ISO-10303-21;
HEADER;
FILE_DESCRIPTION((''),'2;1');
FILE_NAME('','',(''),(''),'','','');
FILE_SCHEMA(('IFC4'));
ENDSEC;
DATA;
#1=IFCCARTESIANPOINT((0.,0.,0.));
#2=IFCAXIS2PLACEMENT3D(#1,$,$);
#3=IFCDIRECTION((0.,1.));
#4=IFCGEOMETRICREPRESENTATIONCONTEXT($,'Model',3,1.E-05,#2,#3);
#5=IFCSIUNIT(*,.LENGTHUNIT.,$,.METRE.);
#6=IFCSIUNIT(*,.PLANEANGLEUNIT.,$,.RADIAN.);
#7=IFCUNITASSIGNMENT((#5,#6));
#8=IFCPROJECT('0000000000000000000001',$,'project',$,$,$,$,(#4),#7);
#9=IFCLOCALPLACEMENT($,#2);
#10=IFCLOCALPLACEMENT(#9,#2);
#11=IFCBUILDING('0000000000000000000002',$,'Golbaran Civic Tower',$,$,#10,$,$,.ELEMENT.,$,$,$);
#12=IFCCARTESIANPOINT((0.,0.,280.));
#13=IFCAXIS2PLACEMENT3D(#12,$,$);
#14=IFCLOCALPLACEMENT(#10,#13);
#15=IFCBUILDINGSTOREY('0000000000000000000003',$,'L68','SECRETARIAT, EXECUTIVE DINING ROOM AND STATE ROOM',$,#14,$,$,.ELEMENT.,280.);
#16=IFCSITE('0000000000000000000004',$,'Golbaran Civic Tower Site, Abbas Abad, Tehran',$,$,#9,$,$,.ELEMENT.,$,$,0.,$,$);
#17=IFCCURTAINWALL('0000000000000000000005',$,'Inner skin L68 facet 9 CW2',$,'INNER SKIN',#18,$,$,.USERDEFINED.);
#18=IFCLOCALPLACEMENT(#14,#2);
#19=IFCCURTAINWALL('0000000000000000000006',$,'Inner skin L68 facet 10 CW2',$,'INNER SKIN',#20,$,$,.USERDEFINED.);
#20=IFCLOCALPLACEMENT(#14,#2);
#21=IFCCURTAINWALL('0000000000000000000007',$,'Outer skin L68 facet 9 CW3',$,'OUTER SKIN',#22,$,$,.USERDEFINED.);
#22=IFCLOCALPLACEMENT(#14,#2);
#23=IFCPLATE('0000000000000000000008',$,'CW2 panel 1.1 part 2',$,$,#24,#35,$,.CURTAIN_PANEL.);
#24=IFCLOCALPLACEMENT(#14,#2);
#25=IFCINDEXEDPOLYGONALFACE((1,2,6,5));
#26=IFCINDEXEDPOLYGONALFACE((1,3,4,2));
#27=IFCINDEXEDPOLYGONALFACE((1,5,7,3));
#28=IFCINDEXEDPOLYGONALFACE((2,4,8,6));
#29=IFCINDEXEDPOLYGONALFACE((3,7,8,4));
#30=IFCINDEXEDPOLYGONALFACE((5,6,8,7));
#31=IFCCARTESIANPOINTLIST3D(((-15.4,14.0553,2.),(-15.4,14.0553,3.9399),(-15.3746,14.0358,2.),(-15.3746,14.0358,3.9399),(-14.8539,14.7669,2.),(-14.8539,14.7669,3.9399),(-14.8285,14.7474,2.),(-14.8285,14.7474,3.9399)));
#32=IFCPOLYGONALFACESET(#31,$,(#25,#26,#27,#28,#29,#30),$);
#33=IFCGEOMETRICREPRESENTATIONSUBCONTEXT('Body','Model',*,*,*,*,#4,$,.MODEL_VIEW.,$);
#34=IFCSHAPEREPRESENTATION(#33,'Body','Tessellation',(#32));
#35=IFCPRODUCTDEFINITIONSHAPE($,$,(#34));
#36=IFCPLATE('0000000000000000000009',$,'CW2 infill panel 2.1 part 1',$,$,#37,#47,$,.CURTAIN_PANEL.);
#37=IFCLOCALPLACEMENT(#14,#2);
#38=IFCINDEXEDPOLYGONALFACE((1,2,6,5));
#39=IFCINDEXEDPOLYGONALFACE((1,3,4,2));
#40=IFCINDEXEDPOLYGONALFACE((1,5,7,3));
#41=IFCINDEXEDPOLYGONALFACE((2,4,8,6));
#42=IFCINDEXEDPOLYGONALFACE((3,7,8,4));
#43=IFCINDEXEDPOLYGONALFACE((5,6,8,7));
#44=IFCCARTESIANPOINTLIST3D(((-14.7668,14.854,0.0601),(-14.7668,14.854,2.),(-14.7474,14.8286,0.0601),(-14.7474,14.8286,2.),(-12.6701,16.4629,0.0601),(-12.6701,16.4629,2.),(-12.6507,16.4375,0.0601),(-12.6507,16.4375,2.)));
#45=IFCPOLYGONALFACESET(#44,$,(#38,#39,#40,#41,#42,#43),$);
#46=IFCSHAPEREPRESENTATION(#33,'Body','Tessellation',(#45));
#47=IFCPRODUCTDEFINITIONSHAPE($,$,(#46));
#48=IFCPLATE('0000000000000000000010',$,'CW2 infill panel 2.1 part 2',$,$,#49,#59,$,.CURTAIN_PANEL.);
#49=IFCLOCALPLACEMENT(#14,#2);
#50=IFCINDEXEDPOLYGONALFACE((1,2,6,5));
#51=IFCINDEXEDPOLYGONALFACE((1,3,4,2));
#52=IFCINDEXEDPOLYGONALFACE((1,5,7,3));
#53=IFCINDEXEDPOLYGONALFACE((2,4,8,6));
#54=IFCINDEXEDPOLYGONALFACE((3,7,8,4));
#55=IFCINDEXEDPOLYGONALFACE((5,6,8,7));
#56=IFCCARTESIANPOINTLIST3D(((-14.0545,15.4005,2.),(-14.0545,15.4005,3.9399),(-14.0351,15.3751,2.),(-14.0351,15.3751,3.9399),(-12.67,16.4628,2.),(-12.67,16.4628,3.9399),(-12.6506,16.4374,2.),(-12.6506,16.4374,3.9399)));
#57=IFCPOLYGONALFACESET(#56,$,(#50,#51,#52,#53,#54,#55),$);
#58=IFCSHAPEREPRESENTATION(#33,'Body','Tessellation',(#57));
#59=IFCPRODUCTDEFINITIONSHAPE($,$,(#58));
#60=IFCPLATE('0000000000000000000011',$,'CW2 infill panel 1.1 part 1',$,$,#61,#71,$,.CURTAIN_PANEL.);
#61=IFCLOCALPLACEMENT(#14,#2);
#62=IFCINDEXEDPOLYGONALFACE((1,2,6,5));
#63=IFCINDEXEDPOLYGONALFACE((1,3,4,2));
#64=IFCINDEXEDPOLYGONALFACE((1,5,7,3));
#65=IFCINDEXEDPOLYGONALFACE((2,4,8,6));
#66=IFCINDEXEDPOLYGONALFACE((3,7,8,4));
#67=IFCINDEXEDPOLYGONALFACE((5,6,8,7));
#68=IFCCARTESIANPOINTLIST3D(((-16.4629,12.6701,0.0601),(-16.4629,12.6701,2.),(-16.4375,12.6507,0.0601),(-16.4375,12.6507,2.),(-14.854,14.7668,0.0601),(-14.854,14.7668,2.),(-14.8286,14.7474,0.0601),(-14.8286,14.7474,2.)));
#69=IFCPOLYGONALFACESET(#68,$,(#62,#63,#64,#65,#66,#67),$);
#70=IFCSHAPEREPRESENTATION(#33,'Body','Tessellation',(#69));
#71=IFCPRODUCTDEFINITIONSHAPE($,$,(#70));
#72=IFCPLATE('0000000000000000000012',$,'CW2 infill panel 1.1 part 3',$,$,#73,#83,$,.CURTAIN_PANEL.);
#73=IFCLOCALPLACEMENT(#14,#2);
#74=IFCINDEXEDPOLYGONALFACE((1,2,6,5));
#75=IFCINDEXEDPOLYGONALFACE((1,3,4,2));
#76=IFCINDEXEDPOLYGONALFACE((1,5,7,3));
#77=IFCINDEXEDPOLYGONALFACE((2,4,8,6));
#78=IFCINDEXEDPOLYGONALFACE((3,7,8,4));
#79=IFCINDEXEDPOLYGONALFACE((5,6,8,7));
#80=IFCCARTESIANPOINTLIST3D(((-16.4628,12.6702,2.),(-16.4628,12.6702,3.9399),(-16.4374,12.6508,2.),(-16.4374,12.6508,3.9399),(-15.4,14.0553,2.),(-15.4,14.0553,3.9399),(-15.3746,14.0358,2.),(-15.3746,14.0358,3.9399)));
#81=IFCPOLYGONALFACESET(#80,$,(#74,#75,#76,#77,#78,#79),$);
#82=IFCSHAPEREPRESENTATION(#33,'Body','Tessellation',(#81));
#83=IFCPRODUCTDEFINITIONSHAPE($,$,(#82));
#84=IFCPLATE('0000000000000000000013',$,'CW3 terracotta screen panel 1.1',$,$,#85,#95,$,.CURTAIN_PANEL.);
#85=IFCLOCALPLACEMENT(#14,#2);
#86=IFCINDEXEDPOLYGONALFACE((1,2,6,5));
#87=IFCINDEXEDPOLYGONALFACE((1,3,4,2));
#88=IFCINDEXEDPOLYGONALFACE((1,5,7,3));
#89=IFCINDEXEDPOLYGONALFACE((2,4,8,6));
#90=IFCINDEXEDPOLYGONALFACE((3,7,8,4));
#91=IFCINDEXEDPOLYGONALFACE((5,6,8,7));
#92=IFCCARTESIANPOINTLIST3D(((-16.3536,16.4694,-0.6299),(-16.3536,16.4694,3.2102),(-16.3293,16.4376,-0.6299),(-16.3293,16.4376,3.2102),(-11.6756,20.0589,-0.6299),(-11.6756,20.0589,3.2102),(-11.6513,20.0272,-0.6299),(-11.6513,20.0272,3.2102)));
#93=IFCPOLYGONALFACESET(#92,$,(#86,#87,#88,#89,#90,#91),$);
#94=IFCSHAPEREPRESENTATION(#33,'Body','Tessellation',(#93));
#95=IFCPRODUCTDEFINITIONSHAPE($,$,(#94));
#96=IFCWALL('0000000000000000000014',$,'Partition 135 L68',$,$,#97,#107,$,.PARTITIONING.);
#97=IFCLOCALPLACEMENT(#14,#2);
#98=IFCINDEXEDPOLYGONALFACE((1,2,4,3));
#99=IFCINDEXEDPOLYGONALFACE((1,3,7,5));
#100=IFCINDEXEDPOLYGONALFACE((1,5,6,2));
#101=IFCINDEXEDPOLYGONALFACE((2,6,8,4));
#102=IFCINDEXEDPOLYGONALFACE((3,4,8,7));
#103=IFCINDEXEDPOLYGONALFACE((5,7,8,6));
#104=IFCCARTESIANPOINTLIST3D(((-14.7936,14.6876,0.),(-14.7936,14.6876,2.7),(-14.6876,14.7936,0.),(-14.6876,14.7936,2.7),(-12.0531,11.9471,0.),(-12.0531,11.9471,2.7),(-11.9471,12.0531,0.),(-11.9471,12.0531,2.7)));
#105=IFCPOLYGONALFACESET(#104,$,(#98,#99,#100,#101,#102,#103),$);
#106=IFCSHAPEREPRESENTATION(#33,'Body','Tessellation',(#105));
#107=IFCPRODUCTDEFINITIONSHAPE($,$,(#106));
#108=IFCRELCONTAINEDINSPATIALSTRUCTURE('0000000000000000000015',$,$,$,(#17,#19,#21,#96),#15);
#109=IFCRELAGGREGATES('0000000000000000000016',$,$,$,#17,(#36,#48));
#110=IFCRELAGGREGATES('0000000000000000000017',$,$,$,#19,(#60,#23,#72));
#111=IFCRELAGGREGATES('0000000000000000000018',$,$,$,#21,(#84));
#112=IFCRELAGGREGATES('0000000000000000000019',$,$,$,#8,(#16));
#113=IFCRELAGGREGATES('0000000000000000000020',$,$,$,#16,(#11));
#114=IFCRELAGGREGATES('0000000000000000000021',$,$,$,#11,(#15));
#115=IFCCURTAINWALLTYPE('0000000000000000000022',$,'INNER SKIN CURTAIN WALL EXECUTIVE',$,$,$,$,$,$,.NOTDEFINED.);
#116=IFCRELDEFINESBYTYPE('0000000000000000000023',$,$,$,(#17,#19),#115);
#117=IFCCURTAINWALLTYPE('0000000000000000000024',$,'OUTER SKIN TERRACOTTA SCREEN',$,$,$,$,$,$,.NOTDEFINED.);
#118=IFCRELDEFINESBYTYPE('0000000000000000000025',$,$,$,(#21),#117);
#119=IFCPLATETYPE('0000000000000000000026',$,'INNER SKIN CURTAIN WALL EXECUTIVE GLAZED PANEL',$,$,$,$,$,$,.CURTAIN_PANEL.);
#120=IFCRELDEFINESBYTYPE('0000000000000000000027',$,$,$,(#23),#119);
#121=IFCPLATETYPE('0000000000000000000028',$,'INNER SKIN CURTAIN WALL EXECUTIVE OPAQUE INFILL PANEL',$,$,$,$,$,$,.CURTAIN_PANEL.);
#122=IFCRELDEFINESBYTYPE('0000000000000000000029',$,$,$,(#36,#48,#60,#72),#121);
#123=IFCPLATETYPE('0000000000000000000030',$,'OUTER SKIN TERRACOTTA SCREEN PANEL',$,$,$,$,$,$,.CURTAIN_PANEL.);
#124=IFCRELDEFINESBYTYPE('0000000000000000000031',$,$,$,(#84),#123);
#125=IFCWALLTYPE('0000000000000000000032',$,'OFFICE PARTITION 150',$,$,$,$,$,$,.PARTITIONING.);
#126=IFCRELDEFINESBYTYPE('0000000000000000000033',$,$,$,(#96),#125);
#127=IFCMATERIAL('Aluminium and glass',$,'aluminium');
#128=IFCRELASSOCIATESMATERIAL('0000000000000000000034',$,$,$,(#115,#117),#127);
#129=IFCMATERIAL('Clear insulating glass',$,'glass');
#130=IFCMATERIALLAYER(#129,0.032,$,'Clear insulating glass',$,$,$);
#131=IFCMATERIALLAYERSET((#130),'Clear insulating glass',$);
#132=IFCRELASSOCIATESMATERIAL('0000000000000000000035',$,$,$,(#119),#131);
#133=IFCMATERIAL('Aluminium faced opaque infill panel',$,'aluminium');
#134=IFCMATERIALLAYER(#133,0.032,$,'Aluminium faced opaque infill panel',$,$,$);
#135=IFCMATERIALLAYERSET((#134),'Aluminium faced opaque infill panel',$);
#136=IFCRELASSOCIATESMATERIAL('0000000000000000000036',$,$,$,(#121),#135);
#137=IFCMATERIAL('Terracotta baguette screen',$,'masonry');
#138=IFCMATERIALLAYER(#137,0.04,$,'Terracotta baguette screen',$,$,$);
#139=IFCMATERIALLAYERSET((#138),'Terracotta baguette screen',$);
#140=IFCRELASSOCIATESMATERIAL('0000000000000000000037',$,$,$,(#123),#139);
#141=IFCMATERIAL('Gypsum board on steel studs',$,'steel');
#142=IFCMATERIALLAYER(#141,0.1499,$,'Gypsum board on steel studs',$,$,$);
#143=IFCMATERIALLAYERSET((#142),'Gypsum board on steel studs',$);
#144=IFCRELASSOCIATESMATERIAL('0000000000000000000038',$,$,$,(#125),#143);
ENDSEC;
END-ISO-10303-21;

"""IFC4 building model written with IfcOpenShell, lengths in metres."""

from ifc_helpers import new_model, si_unit, direction, frame, frame_2d, origin, origin_2d, place, context, subcontext, project, spatial, rectangle, extrude, material, layer, layer_set, type_object, element, aggregate, save


model = new_model("IFC4")

# Units and contexts
model_context = context("Model", 3, precision=1e-05, world=origin(), true_north=direction((0.0, 1.0)))
body_context = subcontext(model_context, "Body", "Model", "MODEL_VIEW")
ifc_project = project(units=[si_unit("LENGTHUNIT", "METRE"), si_unit("PLANEANGLEUNIT", "RADIAN")], contexts=[model_context])

# Site, building, storey
site_placement = place(None, origin())
site = spatial("IfcSite", under=ifc_project, at=site_placement, Name="Golbaran Civic Tower Site, Abbas Abad, Tehran", CompositionType="ELEMENT", RefElevation=0.0)
building_placement = place(site_placement, origin())
building = spatial("IfcBuilding", under=site, at=building_placement, Name="Golbaran Civic Tower", CompositionType="ELEMENT")
storey_placement = place(building_placement, frame((0.0, 0.0, 280.0)))
storey = spatial("IfcBuildingStorey", under=building, at=storey_placement, Name="L68", Description="SECRETARIAT, EXECUTIVE DINING ROOM AND STATE ROOM", CompositionType="ELEMENT", Elevation=280.0)

# Curtain walls
ifc_material_1 = material(Name="Aluminium and glass", Category="aluminium")
curtain_wall_type_1 = type_object("IfcCurtainWallType", Name="INNER SKIN CURTAIN WALL EXECUTIVE", PredefinedType="NOTDEFINED", material=ifc_material_1)
curtain_wall_1_placement = place(storey_placement, origin())
curtain_wall_1 = element("IfcCurtainWall", 1, at=curtain_wall_1_placement, inside=storey, type_object=curtain_wall_type_1, Name="Inner skin L68 facet 9 CW2", ObjectType="INNER SKIN", PredefinedType="USERDEFINED")
curtain_wall_2_placement = place(storey_placement, origin())
curtain_wall_2 = element("IfcCurtainWall", 2, at=curtain_wall_2_placement, inside=storey, type_object=curtain_wall_type_1, Name="Inner skin L68 facet 10 CW2", ObjectType="INNER SKIN", PredefinedType="USERDEFINED")

# Curtain wall
curtain_wall_type_2 = type_object("IfcCurtainWallType", Name="OUTER SKIN TERRACOTTA SCREEN", PredefinedType="NOTDEFINED", material=ifc_material_1)
curtain_wall_3_placement = place(storey_placement, origin())
curtain_wall_3 = element("IfcCurtainWall", 3, at=curtain_wall_3_placement, inside=storey, type_object=curtain_wall_type_2, Name="Outer skin L68 facet 9 CW3", ObjectType="OUTER SKIN", PredefinedType="USERDEFINED")

# Plates
ifc_material_2 = material(Name="Clear insulating glass", Category="glass")
ifc_layer_1 = layer(ifc_material_2, 0.032, Name="Clear insulating glass")
ifc_layer_set_1 = layer_set([ifc_layer_1], Name="Clear insulating glass")
plate_type_1 = type_object("IfcPlateType", Name="INNER SKIN CURTAIN WALL EXECUTIVE GLAZED PANEL", PredefinedType="CURTAIN_PANEL", material=ifc_layer_set_1)
plate_1_placement = place(storey_placement, frame((-15.1143, 14.4014, 2.0), z_axis=(0.0, 0.0, 1.0), x_axis=(-0.608761, -0.793353, 0.0)))
plate_1 = element("IfcPlate", 4, at=plate_1_placement, type_object=plate_type_1, Name="CW2 panel 1.1 part 2", PredefinedType="CURTAIN_PANEL", context=body_context, shape_type="SweptSolid", body=[
    extrude(rectangle(XDim=0.897, YDim=0.032, at=origin_2d()), origin(), (0.0, 0.0, 1.0), 1.9399),
])
ifc_material_3 = material(Name="Aluminium faced opaque infill panel", Category="aluminium")
ifc_layer_2 = layer(ifc_material_3, 0.032, Name="Aluminium faced opaque infill panel")
ifc_layer_set_2 = layer_set([ifc_layer_2], Name="Aluminium faced opaque infill panel")
plate_type_2 = type_object("IfcPlateType", Name="INNER SKIN CURTAIN WALL EXECUTIVE OPAQUE INFILL PANEL", PredefinedType="CURTAIN_PANEL", material=ifc_layer_set_2)
plate_2_placement = place(storey_placement, frame((-13.7087, 15.6458, 0.0601), z_axis=(0.0, 0.0, 1.0), x_axis=(-0.793353, -0.608761, 0.0)))
plate_2 = element("IfcPlate", 5, at=plate_2_placement, type_object=plate_type_2, Name="CW2 infill panel 2.1 part 1", PredefinedType="CURTAIN_PANEL", context=body_context, shape_type="SweptSolid", body=[
    extrude(rectangle(XDim=2.6428, YDim=0.032, at=origin_2d()), origin(), (0.0, 0.0, 1.0), 1.9399),
])
plate_3_placement = place(storey_placement, frame((-13.3525, 15.9189, 2.0), z_axis=(0.0, 0.0, 1.0), x_axis=(-0.793353, -0.608761, 0.0)))
plate_3 = element("IfcPlate", 6, at=plate_3_placement, type_object=plate_type_2, Name="CW2 infill panel 2.1 part 2", PredefinedType="CURTAIN_PANEL", context=body_context, shape_type="SweptSolid", body=[
    extrude(rectangle(XDim=1.7451, YDim=0.032, at=origin_2d()), origin(), (0.0, 0.0, 1.0), 1.9399),
])
aggregate(curtain_wall_1, [plate_2, plate_3])
plate_4_placement = place(storey_placement, frame((-15.6458, 13.7087, 0.0601), z_axis=(0.0, 0.0, 1.0), x_axis=(-0.608761, -0.793353, 0.0)))
plate_4 = element("IfcPlate", 7, at=plate_4_placement, type_object=plate_type_2, Name="CW2 infill panel 1.1 part 1", PredefinedType="CURTAIN_PANEL", context=body_context, shape_type="SweptSolid", body=[
    extrude(rectangle(XDim=2.6428, YDim=0.032, at=origin_2d()), origin(), (0.0, 0.0, 1.0), 1.9399),
])
plate_5_placement = place(storey_placement, frame((-15.9187, 13.353, 2.0), z_axis=(0.0, 0.0, 1.0), x_axis=(-0.608761, -0.793353, 0.0)))
plate_5 = element("IfcPlate", 8, at=plate_5_placement, type_object=plate_type_2, Name="CW2 infill panel 1.1 part 3", PredefinedType="CURTAIN_PANEL", context=body_context, shape_type="SweptSolid", body=[
    extrude(rectangle(XDim=1.7458, YDim=0.032, at=origin_2d()), origin(), (0.0, 0.0, 1.0), 1.9399),
])
aggregate(curtain_wall_2, [plate_4, plate_1, plate_5])
ifc_material_4 = material(Name="Terracotta baguette screen", Category="masonry")
ifc_layer_3 = layer(ifc_material_4, 0.04, Name="Terracotta baguette screen")
ifc_layer_set_3 = layer_set([ifc_layer_3], Name="Terracotta baguette screen")
plate_type_3 = type_object("IfcPlateType", Name="OUTER SKIN TERRACOTTA SCREEN PANEL", PredefinedType="CURTAIN_PANEL", material=ifc_layer_set_3)
plate_6_placement = place(storey_placement, frame((-14.0024, 18.2483, -0.6299), z_axis=(0.0, 0.0, 1.0), x_axis=(-0.793353, -0.608761, 0.0)))
plate_6 = element("IfcPlate", 9, at=plate_6_placement, type_object=plate_type_3, Name="CW3 terracotta screen panel 1.1", PredefinedType="CURTAIN_PANEL", context=body_context, shape_type="SweptSolid", body=[
    extrude(rectangle(XDim=5.8965, YDim=0.04, at=origin_2d()), origin(), (0.0, 0.0, 1.0), 3.8401),
])
aggregate(curtain_wall_3, [plate_6])

# Wall
ifc_material_5 = material(Name="Gypsum board on steel studs", Category="steel")
ifc_layer_4 = layer(ifc_material_5, 0.1499, Name="Gypsum board on steel studs")
ifc_layer_set_4 = layer_set([ifc_layer_4], Name="Gypsum board on steel studs")
wall_type = type_object("IfcWallType", Name="OFFICE PARTITION 150", PredefinedType="PARTITIONING", material=ifc_layer_set_4)
wall_placement = place(storey_placement, frame((-12.0, 12.0, 0.0), z_axis=(0.0, 0.0, 1.0), x_axis=(-0.707107, 0.707107, 0.0)))
element("IfcWall", 10, at=wall_placement, inside=storey, type_object=wall_type, Name="Partition 135 L68", PredefinedType="PARTITIONING", context=body_context, shape_type="SweptSolid", body=[
    extrude(rectangle(XDim=3.8757, YDim=0.1499, at=frame_2d((1.938, 0.0))), origin(), (0.0, 0.0, 1.0), 2.7),
])

save(model, "model.ifc")
